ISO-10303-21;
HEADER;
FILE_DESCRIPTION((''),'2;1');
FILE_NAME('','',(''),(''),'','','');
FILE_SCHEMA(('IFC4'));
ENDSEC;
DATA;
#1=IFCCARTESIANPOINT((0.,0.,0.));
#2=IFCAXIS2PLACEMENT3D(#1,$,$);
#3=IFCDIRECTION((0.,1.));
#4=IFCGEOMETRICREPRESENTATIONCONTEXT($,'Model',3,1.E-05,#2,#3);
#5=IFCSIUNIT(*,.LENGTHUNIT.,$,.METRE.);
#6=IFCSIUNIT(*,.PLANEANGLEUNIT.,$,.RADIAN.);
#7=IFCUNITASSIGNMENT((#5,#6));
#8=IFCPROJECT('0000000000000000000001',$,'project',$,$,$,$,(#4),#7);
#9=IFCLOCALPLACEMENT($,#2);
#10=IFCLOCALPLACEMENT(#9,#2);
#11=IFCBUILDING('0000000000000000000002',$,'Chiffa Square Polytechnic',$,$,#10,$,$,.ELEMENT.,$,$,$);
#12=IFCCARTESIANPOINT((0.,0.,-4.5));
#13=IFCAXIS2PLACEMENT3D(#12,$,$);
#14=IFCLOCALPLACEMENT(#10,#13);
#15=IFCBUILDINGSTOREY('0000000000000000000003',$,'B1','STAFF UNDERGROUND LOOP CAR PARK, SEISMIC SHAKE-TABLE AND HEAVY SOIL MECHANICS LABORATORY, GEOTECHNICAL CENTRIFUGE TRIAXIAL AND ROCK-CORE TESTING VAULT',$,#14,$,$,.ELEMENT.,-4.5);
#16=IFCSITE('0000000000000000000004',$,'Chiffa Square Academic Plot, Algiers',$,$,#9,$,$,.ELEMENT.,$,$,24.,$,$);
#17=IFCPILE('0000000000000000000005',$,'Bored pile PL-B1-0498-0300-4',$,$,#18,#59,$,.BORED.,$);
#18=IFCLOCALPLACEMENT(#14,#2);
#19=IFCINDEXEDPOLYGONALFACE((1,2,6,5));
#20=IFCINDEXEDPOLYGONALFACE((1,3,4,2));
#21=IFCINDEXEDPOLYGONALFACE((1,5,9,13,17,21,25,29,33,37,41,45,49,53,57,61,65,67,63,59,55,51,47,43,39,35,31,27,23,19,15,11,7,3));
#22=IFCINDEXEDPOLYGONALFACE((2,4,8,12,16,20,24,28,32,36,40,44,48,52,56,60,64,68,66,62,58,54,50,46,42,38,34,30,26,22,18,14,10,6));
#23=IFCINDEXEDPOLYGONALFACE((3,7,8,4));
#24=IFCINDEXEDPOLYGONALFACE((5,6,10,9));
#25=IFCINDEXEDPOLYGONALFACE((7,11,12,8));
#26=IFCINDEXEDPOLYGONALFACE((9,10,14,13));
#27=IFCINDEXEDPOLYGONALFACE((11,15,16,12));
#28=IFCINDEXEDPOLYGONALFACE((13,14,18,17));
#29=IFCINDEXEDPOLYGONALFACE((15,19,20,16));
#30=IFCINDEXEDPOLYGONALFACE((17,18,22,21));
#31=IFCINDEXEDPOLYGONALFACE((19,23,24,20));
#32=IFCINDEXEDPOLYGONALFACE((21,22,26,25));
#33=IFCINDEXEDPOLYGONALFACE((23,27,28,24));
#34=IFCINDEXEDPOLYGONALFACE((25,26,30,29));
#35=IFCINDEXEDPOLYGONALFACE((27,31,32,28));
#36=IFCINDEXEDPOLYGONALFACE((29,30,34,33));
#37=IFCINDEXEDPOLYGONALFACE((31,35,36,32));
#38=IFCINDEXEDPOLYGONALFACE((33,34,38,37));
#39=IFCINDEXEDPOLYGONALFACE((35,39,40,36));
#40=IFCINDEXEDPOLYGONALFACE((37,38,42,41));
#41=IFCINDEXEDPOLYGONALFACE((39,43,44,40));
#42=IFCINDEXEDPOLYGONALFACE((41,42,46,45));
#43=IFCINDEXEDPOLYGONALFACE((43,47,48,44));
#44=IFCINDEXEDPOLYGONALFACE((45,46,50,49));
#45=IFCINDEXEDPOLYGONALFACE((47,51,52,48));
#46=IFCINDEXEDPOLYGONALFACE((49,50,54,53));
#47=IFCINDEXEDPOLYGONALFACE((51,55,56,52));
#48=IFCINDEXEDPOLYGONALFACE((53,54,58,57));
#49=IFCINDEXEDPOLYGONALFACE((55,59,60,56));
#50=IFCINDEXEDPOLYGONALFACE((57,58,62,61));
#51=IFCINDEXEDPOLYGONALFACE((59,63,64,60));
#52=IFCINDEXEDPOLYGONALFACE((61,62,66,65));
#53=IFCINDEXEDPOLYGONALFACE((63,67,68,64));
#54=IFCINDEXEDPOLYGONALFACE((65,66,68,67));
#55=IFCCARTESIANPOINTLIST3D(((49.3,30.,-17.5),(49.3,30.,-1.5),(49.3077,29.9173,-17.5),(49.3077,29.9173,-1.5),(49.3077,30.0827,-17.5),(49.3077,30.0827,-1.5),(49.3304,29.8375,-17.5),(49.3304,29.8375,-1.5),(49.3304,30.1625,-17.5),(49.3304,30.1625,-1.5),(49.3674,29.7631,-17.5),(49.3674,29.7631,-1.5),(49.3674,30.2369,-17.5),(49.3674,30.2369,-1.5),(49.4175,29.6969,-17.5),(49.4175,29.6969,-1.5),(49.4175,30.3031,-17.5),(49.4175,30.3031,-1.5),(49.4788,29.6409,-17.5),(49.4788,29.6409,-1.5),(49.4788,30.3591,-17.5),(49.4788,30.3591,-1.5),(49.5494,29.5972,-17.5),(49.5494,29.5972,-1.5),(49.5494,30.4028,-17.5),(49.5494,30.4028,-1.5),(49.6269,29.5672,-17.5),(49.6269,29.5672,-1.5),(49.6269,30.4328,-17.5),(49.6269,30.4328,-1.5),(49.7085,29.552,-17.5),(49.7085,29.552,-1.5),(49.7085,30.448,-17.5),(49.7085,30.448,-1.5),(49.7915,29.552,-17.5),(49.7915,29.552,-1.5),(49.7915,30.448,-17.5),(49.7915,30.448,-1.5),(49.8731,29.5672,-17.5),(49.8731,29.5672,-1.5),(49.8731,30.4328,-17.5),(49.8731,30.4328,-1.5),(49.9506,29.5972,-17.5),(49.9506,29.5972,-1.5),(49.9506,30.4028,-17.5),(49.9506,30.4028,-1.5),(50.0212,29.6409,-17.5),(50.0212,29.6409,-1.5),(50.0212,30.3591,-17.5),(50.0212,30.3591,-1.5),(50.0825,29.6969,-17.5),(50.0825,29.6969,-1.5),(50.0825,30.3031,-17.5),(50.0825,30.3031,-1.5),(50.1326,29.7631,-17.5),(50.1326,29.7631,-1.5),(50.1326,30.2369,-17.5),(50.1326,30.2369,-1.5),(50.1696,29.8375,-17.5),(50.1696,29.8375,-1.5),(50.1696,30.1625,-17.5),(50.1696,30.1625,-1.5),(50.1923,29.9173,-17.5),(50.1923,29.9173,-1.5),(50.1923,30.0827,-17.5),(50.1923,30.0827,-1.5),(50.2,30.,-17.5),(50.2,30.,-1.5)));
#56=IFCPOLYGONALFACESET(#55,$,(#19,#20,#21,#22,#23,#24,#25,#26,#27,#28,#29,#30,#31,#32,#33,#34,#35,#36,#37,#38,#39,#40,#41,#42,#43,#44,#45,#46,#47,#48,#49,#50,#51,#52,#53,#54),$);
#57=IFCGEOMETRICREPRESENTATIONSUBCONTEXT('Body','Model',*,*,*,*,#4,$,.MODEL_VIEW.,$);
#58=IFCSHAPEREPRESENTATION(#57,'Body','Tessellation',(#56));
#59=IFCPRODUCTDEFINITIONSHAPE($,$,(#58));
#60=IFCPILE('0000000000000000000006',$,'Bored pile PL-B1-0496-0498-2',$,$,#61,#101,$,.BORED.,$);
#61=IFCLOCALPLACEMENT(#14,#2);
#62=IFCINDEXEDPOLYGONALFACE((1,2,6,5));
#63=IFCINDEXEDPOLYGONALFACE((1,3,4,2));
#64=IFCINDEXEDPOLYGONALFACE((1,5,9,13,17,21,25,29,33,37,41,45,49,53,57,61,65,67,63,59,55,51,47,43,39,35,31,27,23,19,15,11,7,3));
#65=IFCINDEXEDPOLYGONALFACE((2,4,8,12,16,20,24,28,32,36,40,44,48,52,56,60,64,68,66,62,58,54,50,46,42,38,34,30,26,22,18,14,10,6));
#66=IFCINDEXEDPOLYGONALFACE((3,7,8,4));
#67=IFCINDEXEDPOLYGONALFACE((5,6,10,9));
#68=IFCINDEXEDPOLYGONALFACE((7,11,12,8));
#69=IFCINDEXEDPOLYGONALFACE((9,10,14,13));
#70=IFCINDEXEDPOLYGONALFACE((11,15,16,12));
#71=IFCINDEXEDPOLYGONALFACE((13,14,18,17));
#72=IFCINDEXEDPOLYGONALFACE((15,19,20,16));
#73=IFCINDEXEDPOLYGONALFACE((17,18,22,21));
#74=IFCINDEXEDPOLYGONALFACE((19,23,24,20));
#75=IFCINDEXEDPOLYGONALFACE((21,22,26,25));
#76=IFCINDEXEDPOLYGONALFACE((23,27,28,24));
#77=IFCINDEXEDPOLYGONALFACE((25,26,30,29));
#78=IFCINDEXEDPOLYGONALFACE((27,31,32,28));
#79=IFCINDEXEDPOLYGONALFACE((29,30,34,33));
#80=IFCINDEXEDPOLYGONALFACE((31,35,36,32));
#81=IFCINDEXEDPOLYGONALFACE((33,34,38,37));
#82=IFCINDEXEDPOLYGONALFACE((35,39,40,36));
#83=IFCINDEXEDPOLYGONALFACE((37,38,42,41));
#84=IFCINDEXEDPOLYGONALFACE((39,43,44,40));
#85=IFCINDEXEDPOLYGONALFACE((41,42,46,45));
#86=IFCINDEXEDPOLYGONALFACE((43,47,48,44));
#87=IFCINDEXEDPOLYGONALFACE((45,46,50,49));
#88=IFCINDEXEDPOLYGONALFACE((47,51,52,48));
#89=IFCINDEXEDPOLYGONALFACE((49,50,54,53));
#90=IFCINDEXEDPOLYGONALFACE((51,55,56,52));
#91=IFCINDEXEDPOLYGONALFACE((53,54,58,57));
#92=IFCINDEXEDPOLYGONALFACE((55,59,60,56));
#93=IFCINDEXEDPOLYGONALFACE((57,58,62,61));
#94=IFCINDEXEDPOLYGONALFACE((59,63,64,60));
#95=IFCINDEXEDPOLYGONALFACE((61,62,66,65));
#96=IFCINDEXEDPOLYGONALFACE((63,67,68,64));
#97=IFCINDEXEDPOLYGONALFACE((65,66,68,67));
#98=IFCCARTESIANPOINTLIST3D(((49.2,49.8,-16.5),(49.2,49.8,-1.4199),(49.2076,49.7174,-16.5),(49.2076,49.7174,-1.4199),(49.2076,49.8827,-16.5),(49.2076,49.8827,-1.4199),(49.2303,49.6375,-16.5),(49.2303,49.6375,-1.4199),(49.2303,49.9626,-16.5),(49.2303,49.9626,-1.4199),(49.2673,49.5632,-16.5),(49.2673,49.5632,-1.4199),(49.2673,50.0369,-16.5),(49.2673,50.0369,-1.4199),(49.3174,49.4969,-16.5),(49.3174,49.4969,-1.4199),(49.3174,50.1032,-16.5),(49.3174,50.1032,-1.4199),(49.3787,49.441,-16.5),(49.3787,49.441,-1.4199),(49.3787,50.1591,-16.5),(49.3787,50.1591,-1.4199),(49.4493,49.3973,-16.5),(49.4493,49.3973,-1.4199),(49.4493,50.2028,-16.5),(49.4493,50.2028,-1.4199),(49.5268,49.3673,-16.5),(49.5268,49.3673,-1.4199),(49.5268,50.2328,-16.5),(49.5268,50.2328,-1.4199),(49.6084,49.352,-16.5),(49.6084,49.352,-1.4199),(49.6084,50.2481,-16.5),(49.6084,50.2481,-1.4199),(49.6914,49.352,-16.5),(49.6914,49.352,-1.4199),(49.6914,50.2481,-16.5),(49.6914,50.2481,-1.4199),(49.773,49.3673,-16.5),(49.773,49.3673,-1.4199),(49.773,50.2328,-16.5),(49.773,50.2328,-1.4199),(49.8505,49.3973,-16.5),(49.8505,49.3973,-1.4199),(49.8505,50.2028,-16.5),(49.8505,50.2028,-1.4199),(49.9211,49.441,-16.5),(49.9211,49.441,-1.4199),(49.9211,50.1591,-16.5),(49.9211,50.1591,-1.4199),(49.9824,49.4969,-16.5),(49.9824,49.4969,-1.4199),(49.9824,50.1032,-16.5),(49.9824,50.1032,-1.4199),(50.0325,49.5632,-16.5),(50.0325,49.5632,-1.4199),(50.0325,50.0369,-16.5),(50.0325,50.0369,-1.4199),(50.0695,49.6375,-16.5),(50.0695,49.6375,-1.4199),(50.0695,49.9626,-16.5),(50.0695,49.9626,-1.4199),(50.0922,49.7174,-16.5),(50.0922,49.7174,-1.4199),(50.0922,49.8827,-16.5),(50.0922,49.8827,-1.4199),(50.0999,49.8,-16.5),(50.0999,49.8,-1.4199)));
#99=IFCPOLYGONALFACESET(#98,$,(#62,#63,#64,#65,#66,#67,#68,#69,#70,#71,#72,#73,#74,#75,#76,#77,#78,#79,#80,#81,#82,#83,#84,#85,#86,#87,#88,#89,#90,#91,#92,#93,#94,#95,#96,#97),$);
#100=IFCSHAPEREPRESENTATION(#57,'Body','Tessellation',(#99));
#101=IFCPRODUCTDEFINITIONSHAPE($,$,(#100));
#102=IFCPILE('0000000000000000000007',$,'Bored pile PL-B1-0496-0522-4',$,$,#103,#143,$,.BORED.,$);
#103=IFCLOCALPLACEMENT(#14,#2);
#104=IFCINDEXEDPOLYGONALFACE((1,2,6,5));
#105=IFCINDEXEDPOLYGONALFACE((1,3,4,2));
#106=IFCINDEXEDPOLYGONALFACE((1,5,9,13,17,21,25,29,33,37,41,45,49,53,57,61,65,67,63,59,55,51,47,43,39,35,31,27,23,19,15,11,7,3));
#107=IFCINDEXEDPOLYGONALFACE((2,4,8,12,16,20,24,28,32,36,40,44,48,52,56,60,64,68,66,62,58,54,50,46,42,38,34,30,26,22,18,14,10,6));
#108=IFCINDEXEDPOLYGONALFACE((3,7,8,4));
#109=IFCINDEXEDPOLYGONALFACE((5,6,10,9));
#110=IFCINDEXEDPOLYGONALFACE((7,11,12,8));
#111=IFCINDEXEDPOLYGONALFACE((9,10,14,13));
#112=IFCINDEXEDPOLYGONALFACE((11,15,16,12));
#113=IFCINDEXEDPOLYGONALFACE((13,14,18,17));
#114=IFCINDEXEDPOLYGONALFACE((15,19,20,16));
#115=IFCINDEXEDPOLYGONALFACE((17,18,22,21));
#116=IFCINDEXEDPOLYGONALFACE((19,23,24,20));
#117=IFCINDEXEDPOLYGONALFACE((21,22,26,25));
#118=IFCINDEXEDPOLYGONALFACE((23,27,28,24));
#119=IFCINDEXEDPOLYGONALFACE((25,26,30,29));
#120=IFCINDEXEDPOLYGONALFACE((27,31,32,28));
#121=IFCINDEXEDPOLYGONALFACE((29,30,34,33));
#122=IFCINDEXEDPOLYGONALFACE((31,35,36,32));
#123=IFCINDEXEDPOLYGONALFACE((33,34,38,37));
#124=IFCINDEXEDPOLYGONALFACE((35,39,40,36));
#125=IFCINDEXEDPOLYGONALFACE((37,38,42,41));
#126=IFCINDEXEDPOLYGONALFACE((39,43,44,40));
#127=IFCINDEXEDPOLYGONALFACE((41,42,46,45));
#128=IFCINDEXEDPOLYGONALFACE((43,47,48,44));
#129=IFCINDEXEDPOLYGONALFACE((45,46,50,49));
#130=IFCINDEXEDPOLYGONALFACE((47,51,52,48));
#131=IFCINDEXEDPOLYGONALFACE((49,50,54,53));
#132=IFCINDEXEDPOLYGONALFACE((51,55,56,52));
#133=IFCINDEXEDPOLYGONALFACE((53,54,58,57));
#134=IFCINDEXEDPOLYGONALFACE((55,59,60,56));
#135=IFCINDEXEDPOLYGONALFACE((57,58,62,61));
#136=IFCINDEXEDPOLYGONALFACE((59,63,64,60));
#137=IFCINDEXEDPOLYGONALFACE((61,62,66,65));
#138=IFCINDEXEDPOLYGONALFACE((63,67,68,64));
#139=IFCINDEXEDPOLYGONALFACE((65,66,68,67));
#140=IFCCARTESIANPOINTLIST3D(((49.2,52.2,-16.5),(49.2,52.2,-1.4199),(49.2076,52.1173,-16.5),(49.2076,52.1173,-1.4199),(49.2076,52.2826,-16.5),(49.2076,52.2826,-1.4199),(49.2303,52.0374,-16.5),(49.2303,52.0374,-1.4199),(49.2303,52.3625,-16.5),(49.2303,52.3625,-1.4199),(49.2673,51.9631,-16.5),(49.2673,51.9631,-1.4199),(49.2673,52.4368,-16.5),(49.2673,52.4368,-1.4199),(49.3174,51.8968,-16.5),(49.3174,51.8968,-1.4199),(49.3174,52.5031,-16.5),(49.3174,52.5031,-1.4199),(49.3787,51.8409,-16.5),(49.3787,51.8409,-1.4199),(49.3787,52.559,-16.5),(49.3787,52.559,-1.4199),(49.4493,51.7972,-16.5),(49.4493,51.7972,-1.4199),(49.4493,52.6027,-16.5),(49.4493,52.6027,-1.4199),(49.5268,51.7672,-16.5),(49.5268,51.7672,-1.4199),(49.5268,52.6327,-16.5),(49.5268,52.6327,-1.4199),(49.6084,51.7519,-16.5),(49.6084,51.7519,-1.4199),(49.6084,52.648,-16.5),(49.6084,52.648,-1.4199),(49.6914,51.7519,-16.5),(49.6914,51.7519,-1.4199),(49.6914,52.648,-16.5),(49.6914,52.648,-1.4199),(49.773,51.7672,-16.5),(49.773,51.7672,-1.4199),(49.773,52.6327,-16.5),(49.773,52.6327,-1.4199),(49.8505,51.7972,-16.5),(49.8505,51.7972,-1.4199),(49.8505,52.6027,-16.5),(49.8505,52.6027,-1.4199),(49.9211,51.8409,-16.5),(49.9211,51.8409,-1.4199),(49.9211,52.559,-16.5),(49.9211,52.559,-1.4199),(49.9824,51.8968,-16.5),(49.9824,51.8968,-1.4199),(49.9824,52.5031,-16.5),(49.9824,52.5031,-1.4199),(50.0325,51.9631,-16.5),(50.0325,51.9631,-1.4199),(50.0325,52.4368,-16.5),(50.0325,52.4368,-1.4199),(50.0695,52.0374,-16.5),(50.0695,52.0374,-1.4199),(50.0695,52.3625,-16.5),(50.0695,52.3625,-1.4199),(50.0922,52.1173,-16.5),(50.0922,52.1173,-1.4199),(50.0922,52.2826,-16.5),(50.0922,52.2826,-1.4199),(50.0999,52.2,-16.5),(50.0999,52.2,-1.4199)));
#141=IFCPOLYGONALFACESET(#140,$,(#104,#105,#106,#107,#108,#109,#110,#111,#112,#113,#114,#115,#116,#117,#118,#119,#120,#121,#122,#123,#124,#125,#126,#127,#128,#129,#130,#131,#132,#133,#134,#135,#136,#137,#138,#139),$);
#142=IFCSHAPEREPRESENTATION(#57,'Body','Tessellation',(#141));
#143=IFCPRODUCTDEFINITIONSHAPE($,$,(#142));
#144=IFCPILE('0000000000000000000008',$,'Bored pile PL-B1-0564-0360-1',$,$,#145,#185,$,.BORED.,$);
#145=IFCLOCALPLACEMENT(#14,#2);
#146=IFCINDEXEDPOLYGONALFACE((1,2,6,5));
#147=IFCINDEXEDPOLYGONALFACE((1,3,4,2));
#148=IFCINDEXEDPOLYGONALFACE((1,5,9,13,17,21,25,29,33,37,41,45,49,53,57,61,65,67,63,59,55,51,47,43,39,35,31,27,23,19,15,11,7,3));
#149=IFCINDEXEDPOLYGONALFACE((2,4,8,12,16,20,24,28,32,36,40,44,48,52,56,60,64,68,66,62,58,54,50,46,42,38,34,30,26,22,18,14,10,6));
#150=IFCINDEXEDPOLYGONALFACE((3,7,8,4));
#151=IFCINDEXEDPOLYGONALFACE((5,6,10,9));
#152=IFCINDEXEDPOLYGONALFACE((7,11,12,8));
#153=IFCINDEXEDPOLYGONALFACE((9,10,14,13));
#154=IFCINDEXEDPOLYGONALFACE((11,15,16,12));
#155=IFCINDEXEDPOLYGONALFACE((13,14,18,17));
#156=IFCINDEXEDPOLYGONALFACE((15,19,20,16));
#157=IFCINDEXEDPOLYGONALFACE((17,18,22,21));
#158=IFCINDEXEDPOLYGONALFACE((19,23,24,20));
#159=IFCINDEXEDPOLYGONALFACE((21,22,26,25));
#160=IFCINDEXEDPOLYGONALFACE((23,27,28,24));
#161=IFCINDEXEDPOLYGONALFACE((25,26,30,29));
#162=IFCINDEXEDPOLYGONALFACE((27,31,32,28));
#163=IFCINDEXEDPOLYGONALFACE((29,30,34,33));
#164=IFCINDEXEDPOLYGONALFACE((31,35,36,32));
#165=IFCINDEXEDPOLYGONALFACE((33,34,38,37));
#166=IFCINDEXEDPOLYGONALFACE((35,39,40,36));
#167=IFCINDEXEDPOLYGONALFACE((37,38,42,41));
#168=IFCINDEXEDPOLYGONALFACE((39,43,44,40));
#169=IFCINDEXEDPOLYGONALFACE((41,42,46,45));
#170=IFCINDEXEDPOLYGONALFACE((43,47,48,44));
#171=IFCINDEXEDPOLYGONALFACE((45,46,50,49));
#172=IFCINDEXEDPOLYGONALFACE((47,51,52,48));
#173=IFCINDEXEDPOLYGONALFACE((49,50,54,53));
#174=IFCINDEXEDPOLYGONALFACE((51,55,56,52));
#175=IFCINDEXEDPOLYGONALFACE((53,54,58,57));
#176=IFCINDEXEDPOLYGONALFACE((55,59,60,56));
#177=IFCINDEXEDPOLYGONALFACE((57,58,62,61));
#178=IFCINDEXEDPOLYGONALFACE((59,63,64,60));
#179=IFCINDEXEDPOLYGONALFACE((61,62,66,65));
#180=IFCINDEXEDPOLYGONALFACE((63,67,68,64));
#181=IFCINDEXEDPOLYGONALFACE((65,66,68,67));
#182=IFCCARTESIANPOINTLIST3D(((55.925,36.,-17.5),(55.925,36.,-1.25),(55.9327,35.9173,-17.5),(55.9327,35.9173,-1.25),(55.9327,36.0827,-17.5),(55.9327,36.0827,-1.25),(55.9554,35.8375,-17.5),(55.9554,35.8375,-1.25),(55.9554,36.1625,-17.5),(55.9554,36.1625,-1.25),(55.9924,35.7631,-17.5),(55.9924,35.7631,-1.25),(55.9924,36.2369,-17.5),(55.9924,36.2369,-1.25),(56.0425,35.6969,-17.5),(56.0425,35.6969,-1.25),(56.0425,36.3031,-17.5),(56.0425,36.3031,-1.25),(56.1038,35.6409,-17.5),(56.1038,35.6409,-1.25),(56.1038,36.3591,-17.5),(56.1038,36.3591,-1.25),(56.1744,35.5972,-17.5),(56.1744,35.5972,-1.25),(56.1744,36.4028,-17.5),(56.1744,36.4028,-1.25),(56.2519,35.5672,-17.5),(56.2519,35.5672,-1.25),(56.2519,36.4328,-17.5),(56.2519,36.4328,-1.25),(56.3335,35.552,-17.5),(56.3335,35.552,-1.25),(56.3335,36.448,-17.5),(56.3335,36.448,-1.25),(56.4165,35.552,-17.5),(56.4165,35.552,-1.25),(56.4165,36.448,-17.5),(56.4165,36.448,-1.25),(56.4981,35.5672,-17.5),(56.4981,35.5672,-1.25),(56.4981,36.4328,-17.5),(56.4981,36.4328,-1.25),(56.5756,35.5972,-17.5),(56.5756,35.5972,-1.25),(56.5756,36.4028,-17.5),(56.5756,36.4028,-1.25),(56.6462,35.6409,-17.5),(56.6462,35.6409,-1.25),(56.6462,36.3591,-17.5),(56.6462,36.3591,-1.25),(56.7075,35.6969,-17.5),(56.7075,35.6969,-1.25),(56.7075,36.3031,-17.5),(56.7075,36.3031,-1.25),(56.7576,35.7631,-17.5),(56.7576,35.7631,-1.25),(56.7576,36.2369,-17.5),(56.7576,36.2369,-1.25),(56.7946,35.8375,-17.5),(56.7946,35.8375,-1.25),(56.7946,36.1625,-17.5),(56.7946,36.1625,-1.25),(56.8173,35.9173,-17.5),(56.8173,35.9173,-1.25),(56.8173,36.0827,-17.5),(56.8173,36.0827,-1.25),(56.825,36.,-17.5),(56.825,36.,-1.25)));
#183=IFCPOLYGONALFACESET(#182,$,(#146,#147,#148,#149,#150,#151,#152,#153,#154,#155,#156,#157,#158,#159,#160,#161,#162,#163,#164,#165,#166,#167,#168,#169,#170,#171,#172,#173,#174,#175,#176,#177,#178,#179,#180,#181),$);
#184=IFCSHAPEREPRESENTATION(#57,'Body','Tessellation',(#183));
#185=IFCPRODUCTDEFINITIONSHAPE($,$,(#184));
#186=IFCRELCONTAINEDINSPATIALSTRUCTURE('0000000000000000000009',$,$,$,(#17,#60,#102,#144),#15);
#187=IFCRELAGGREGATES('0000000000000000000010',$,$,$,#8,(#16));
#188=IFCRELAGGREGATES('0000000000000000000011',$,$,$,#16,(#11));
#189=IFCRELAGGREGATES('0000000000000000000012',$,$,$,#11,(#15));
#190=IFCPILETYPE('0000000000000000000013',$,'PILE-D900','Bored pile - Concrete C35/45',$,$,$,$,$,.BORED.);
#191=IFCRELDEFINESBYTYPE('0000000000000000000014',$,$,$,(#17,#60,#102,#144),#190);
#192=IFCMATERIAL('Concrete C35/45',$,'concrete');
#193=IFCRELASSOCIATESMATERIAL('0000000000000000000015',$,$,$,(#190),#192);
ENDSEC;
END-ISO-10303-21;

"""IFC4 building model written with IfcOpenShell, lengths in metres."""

from ifc_helpers import new_model, si_unit, direction, frame, origin, origin_2d, place, context, subcontext, project, spatial, circle, extrude, material, material_profile, profile_set, type_object, element, save


model = new_model("IFC4")

# Units and contexts
model_context = context("Model", 3, precision=1e-05, world=origin(), true_north=direction((0.0, 1.0)))
body_context = subcontext(model_context, "Body", "Model", "MODEL_VIEW")
ifc_project = project(units=[si_unit("LENGTHUNIT", "METRE"), si_unit("PLANEANGLEUNIT", "RADIAN")], contexts=[model_context])

# Site, building, storey
site_placement = place(None, origin())
site = spatial("IfcSite", under=ifc_project, at=site_placement, Name="Chiffa Square Academic Plot, Algiers", CompositionType="ELEMENT", RefElevation=24.0)
building_placement = place(site_placement, origin())
building = spatial("IfcBuilding", under=site, at=building_placement, Name="Chiffa Square Polytechnic", CompositionType="ELEMENT")
storey_placement = place(building_placement, frame((0.0, 0.0, -4.5)))
storey = spatial("IfcBuildingStorey", under=building, at=storey_placement, Name="B1", Description="STAFF UNDERGROUND LOOP CAR PARK, SEISMIC SHAKE-TABLE AND HEAVY SOIL MECHANICS LABORATORY, GEOTECHNICAL CENTRIFUGE TRIAXIAL AND ROCK-CORE TESTING VAULT", CompositionType="ELEMENT", Elevation=-4.5)

# Shared definitions
ifc_material_1 = material(Name="Concrete C35/45", Category="concrete")

# Piles
ifc_material_profile_1 = material_profile(ifc_material_1, circle(Radius=0.45, at=origin_2d()), Name="PILE D900")
ifc_profile_set_1 = profile_set([ifc_material_profile_1], Name="Concrete C35/45")
pile_type_1 = type_object("IfcPileType", Name="PILE-D900", Description="Bored pile - Concrete C35/45", PredefinedType="BORED", material=ifc_profile_set_1)
pile_1_placement = place(storey_placement, frame((49.75, 30.0, -1.5), z_axis=(0.0, 0.0, -1.0), x_axis=(1.0, 0.0, 0.0)))
element("IfcPile", 1, at=pile_1_placement, inside=storey, type_object=pile_type_1, Name="Bored pile PL-B1-0498-0300-4", PredefinedType="BORED", context=body_context, shape_type="SweptSolid", body=[
    extrude(circle(Radius=0.45, at=origin_2d()), origin(), (0.0, 0.0, 1.0), 16.0),
])
for number, where, z_axis, x_axis, name in (
    (2, (49.6499, 49.8, -1.4199), (0.0, 0.0, -1.0), (1.0, 0.0, 0.0), "Bored pile PL-B1-0496-0498-2"),
    (3, (49.6499, 52.2, -1.4199), (0.0, 0.0, -1.0), (1.0, 0.0, 0.0), "Bored pile PL-B1-0496-0522-4"),
):
    element("IfcPile", number, at=place(storey_placement, frame(where, z_axis=z_axis, x_axis=x_axis)), inside=storey, type_object=pile_type_1, Name=name, PredefinedType="BORED", context=body_context, shape_type="SweptSolid", body=[
        extrude(circle(Radius=0.45, at=origin_2d()), origin(), (0.0, 0.0, 1.0), 15.0801),
    ])
for number, where, z_axis, x_axis, name in (
    (4, (56.375, 36.0, -1.25), (0.0, 0.0, -1.0), (1.0, 0.0, 0.0), "Bored pile PL-B1-0564-0360-1"),
):
    element("IfcPile", number, at=place(storey_placement, frame(where, z_axis=z_axis, x_axis=x_axis)), inside=storey, type_object=pile_type_1, Name=name, PredefinedType="BORED", context=body_context, shape_type="SweptSolid", body=[
        extrude(circle(Radius=0.45, at=origin_2d()), origin(), (0.0, 0.0, 1.0), 16.25),
    ])

save(model, "model.ifc")
